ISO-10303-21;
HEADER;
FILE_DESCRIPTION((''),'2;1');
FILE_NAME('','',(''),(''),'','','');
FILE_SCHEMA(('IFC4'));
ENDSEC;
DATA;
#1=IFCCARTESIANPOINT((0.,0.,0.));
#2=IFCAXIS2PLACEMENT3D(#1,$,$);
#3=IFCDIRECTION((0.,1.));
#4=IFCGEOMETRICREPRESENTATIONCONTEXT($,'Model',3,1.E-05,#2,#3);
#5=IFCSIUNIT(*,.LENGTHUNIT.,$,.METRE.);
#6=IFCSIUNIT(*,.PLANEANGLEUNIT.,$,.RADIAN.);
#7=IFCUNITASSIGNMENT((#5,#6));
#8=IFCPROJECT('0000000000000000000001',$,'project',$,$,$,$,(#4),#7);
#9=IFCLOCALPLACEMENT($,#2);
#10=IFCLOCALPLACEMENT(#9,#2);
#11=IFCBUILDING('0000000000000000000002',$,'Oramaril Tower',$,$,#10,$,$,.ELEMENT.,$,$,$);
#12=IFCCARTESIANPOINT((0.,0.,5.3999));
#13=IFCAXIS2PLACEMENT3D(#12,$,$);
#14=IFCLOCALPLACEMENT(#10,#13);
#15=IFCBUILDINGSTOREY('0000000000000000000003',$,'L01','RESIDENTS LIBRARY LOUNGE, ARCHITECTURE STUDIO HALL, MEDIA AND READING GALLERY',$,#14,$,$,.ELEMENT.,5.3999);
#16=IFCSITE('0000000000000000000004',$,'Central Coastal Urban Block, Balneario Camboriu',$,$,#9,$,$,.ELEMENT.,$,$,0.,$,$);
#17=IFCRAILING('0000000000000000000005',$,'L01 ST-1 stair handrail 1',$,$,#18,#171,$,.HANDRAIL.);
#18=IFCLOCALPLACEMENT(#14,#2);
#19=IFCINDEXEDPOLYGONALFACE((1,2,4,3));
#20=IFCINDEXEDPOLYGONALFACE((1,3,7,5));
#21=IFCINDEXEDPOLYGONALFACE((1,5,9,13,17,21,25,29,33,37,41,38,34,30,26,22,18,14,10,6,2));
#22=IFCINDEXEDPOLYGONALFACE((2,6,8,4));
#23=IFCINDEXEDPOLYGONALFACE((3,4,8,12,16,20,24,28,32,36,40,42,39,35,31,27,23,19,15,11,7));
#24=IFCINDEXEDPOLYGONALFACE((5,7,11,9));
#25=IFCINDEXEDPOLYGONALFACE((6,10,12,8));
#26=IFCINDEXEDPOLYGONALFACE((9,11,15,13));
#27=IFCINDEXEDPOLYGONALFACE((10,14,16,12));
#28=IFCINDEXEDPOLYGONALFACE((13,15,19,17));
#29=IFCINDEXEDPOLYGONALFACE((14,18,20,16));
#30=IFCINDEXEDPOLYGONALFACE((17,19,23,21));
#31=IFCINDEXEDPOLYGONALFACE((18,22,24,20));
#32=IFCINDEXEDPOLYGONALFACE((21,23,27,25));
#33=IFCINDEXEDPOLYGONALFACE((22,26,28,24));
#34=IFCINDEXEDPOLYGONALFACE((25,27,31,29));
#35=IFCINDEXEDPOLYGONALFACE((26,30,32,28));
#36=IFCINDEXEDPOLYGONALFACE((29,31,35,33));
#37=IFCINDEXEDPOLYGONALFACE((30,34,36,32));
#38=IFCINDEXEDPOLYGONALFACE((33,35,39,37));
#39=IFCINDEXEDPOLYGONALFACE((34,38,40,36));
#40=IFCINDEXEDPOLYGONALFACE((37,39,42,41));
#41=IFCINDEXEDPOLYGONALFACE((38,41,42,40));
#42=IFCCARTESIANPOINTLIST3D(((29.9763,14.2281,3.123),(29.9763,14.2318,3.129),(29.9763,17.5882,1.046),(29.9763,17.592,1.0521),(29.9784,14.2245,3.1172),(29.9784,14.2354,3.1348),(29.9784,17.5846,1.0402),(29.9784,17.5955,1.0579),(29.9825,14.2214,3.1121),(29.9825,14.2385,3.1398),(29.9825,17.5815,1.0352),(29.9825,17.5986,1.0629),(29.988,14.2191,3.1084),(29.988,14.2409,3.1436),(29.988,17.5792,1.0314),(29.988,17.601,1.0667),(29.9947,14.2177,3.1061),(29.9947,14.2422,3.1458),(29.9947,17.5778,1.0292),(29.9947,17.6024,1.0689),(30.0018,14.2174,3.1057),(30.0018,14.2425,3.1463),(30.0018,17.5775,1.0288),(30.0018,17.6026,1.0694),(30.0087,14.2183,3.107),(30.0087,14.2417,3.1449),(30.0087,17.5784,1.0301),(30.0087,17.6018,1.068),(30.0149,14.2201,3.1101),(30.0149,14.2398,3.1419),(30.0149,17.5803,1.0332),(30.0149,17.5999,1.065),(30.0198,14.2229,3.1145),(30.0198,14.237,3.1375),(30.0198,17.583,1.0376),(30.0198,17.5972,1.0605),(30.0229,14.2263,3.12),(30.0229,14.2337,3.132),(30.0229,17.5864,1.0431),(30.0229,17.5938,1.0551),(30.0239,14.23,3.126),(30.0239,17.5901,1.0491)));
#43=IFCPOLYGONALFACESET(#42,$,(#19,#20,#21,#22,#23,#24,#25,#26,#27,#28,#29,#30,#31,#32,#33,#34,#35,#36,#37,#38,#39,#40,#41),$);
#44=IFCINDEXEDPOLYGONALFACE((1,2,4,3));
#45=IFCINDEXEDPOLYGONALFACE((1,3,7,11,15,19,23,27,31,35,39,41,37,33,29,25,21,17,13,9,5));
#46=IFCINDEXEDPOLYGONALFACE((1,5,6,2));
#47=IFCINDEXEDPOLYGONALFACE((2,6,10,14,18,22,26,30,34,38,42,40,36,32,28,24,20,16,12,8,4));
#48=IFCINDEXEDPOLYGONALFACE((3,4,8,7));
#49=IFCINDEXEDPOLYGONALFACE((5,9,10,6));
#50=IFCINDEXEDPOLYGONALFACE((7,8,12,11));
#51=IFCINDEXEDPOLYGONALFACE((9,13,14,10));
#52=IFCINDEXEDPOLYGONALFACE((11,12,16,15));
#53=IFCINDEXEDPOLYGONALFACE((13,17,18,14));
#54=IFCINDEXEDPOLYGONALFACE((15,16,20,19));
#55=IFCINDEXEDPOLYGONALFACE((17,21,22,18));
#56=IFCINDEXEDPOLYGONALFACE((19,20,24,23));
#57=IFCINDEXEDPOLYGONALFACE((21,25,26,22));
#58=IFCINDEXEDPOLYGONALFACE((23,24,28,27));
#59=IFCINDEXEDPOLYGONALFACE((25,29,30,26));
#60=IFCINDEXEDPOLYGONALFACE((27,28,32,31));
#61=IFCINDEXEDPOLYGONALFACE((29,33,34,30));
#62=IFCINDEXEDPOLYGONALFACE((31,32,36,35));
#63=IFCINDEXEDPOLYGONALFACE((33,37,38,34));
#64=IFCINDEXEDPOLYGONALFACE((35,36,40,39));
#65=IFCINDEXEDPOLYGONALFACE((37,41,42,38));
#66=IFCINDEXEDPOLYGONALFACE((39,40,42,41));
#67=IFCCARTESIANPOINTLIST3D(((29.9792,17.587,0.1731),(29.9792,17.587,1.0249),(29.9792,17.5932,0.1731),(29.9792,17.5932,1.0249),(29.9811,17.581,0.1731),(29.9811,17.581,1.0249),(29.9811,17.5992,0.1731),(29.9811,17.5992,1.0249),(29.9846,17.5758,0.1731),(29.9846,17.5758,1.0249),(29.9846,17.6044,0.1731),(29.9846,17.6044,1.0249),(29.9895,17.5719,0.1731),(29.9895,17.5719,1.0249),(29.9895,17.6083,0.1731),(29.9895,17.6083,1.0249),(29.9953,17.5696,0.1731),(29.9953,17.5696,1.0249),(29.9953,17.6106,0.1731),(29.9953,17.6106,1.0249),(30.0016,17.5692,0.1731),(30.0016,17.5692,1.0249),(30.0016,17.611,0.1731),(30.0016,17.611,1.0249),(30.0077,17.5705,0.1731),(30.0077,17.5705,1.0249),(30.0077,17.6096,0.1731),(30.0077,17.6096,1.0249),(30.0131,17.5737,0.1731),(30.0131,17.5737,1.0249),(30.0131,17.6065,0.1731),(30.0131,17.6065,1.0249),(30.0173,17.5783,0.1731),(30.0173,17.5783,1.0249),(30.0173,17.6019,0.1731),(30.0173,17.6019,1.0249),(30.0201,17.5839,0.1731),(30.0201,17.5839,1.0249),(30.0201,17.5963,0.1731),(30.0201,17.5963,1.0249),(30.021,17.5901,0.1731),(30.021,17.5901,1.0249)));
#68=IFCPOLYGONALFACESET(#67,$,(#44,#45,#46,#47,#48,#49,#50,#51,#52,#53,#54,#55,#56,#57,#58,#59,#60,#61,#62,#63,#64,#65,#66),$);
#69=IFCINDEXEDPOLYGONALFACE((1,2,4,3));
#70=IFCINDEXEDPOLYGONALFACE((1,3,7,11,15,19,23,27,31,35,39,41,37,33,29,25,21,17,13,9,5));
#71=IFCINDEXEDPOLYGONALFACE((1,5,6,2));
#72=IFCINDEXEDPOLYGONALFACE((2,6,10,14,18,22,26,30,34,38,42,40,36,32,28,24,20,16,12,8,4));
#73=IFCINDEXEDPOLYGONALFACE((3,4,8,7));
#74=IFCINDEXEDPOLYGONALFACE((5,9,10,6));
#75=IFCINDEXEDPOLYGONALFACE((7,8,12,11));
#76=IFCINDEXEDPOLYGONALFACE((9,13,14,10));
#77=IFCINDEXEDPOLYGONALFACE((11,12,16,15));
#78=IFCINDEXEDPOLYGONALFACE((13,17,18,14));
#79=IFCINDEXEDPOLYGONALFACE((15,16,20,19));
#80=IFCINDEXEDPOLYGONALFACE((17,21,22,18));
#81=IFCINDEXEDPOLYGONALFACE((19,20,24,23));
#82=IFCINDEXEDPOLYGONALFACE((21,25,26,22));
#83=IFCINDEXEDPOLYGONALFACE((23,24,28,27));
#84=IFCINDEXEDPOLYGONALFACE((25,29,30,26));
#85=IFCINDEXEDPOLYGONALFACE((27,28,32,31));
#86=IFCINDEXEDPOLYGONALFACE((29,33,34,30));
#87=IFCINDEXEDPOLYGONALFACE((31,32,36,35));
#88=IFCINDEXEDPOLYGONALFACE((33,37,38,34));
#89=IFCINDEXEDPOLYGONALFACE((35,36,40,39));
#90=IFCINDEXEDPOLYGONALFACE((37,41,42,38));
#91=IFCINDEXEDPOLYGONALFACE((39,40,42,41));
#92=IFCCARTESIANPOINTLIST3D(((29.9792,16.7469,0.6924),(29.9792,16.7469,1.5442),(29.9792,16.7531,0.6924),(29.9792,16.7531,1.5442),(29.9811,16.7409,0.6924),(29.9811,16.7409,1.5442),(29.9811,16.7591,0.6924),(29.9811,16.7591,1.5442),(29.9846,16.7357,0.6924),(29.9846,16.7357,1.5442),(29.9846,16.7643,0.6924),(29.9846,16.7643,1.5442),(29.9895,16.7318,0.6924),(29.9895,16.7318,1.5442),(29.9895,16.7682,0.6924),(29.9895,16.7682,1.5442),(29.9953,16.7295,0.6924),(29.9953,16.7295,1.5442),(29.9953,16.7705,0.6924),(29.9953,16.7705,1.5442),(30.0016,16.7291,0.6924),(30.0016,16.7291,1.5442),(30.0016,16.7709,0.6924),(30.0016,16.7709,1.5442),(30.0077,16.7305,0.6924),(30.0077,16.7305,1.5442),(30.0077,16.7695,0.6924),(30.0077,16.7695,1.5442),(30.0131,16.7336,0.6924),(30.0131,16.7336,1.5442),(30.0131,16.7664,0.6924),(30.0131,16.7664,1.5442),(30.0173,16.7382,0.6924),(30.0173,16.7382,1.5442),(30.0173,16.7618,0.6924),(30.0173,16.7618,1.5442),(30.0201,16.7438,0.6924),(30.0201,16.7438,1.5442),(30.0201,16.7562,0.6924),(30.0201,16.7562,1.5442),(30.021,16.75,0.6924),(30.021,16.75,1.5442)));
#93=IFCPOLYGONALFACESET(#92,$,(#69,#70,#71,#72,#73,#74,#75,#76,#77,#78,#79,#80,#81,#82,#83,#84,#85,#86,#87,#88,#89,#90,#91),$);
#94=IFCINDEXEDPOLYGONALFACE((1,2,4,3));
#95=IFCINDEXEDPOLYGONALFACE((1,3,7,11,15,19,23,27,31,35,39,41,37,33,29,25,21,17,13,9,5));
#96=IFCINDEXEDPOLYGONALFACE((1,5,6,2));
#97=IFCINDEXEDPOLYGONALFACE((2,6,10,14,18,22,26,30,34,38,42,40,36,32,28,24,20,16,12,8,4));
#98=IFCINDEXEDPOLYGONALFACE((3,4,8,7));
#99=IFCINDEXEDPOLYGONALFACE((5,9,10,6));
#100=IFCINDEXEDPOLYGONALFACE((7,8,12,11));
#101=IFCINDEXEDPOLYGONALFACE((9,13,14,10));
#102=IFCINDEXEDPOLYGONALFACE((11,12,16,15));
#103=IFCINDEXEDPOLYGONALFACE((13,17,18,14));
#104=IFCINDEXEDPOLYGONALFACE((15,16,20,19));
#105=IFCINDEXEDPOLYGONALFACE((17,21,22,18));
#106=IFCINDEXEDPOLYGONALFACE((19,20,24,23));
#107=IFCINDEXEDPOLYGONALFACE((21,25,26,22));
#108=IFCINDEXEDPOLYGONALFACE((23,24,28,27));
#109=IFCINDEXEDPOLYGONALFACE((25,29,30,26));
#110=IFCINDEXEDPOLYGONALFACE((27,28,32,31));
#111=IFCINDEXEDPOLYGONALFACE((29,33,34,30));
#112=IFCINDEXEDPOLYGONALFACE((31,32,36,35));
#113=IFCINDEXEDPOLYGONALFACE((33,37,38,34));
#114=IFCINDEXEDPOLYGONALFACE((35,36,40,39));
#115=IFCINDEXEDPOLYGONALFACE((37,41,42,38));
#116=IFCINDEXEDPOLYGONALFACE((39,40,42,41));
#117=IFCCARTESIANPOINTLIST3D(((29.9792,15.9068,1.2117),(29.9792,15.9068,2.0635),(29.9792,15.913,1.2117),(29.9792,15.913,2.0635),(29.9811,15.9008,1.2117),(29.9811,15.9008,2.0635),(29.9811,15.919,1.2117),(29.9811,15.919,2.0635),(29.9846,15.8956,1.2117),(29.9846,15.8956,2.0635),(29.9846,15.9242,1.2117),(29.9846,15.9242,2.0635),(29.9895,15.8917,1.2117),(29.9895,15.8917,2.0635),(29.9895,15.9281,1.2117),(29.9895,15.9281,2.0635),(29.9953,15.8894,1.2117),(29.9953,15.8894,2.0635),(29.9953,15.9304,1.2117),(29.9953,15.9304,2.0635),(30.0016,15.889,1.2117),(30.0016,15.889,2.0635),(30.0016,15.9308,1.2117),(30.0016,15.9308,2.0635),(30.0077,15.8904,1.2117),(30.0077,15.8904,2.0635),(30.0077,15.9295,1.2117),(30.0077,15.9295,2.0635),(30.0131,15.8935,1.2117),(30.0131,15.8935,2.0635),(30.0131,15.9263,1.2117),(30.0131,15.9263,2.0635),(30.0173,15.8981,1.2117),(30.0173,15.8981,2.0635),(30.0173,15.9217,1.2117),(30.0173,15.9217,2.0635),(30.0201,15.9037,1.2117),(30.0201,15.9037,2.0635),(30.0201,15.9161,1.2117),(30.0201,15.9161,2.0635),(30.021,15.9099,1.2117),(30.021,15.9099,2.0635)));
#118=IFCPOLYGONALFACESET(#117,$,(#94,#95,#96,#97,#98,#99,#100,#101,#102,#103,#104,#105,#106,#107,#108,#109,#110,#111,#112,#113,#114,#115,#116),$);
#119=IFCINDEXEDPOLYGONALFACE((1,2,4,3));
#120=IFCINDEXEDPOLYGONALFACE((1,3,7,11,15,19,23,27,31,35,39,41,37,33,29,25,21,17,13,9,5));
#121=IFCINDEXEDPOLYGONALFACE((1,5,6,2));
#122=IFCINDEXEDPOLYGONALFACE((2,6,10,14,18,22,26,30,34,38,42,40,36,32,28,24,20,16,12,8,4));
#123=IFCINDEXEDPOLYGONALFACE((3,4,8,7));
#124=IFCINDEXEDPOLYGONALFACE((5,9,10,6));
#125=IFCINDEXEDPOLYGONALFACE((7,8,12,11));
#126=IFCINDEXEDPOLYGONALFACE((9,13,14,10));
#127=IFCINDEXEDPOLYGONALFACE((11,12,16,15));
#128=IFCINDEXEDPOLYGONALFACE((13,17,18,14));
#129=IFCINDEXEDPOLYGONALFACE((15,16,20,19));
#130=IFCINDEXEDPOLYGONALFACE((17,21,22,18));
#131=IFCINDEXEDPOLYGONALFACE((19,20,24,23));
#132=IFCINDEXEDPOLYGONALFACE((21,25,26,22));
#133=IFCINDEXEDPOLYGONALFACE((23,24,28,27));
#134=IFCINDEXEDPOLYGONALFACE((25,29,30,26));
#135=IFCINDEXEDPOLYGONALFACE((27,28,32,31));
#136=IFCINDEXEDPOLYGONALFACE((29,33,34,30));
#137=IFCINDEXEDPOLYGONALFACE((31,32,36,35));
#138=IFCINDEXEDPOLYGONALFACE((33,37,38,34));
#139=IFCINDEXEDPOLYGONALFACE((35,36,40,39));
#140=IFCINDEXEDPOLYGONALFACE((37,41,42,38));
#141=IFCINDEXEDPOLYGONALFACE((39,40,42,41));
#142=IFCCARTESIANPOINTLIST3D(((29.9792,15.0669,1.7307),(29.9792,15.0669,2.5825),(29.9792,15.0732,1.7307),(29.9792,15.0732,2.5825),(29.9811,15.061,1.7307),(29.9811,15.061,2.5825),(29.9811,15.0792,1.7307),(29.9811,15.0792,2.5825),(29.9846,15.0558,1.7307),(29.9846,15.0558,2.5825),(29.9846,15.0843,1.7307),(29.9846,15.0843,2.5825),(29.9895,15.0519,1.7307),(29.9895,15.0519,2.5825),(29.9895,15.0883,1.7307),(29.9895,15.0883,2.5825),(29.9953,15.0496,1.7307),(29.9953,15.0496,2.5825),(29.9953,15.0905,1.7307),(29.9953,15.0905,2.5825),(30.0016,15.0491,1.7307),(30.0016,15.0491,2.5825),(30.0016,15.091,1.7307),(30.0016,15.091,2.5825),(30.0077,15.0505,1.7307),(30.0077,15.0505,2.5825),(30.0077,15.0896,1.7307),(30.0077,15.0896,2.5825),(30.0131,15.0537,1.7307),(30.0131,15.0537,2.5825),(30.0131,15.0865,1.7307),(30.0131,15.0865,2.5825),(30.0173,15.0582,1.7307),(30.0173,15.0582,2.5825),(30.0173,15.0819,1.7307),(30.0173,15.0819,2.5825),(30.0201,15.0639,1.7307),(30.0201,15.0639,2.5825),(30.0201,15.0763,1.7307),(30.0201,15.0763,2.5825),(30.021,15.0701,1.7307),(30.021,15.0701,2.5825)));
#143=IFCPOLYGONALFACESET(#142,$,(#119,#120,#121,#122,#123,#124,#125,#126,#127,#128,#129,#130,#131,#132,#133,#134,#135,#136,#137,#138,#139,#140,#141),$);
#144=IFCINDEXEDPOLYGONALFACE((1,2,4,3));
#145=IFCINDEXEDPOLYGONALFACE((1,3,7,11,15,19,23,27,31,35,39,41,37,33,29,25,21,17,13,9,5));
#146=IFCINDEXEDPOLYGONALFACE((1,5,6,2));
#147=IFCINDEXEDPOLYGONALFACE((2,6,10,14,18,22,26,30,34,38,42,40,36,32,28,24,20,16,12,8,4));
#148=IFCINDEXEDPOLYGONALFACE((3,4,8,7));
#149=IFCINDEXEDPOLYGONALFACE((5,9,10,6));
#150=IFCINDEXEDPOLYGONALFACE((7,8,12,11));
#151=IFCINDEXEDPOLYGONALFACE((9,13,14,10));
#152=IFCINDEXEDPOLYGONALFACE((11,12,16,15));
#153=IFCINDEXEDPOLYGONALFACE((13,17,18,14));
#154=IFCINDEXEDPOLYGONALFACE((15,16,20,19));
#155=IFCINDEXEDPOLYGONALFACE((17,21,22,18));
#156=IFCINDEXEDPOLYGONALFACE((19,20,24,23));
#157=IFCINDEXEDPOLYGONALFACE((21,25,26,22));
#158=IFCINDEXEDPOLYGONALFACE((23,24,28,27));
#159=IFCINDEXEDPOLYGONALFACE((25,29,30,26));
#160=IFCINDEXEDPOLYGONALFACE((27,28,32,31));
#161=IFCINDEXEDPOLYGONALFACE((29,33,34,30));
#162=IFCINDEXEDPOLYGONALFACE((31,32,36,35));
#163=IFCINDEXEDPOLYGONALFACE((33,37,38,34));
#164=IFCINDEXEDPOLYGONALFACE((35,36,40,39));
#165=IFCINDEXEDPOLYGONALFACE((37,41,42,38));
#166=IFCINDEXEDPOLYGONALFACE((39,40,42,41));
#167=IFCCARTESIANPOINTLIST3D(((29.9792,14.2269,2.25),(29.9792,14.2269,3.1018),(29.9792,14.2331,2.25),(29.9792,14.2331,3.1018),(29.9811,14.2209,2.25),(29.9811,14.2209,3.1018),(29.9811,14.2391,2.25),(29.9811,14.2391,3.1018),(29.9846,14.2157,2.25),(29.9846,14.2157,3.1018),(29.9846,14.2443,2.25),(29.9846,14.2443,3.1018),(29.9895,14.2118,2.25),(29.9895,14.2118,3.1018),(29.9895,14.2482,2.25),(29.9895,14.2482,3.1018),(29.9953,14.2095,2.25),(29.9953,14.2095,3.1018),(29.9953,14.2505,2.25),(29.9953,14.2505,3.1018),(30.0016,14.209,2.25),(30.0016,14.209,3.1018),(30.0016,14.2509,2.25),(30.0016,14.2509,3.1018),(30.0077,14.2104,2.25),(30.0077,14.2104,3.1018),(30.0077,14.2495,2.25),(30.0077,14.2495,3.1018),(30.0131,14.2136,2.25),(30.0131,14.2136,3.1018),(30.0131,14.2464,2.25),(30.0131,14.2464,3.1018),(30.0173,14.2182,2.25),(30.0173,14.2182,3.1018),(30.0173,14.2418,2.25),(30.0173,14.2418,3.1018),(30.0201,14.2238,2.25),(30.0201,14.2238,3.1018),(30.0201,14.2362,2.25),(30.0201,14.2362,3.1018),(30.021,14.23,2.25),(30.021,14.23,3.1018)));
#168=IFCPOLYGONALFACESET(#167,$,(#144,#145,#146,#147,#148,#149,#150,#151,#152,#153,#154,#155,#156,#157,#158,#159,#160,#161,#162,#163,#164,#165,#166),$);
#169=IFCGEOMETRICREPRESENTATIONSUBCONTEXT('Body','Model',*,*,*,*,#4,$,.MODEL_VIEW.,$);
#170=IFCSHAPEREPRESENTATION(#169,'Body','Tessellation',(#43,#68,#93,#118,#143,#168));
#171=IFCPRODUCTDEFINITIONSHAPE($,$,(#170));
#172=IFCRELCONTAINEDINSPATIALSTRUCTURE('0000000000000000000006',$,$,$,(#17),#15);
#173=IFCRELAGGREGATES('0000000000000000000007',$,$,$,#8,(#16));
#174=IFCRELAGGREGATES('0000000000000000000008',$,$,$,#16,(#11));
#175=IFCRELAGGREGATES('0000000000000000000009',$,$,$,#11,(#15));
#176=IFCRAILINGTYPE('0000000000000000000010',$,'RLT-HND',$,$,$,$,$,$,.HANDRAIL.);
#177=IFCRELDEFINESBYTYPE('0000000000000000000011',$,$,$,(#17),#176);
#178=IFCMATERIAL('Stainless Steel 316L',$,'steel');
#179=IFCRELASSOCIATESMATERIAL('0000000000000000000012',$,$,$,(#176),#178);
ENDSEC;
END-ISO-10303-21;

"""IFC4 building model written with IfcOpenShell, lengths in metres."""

from ifc_helpers import new_model, si_unit, direction, frame, origin, origin_2d, place, context, subcontext, project, spatial, circle, extrude, material, type_object, element, save


model = new_model("IFC4")

# Units and contexts
model_context = context("Model", 3, precision=1e-05, world=origin(), true_north=direction((0.0, 1.0)))
body_context = subcontext(model_context, "Body", "Model", "MODEL_VIEW")
ifc_project = project(units=[si_unit("LENGTHUNIT", "METRE"), si_unit("PLANEANGLEUNIT", "RADIAN")], contexts=[model_context])

# Site, building, storey
site_placement = place(None, origin())
site = spatial("IfcSite", under=ifc_project, at=site_placement, Name="Central Coastal Urban Block, Balneario Camboriu", CompositionType="ELEMENT", RefElevation=0.0)
building_placement = place(site_placement, origin())
building = spatial("IfcBuilding", under=site, at=building_placement, Name="Oramaril Tower", CompositionType="ELEMENT")
storey_placement = place(building_placement, frame((0.0, 0.0, 5.3999)))
storey = spatial("IfcBuildingStorey", under=building, at=storey_placement, Name="L01", Description="RESIDENTS LIBRARY LOUNGE, ARCHITECTURE STUDIO HALL, MEDIA AND READING GALLERY", CompositionType="ELEMENT", Elevation=5.3999)

# Railing
ifc_material_1 = material(Name="Stainless Steel 316L", Category="steel")
railing_type_1 = type_object("IfcRailingType", Name="RLT-HND", PredefinedType="HANDRAIL", material=ifc_material_1)
railing_1_placement = place(storey_placement, frame((30.0, 17.5901, 0.1731)))
element("IfcRailing", 1, at=railing_1_placement, inside=storey, type_object=railing_type_1, Name="L01 ST-1 stair handrail 1", PredefinedType="HANDRAIL", context=body_context, shape_type="SweptSolid", body=[
    extrude(circle(Radius=0.0239, at=origin_2d()), frame((0.0, 0.0, 0.876), z_axis=(0.0, -0.850623, 0.525776), x_axis=(1.0, 0.0, 0.0)), (0.0, 0.0, 1.0), 3.9502),
    extrude(circle(Radius=0.021, at=origin_2d()), origin(), (0.0, 0.0, 1.0), 0.8518),
    extrude(circle(Radius=0.021, at=origin_2d()), frame((0.0, -0.8401, 0.5193)), (0.0, 0.0, 1.0), 0.8518),
    extrude(circle(Radius=0.021, at=origin_2d()), frame((0.0, -1.6802, 1.0386)), (0.0, 0.0, 1.0), 0.8518),
    extrude(circle(Radius=0.021, at=origin_2d()), frame((0.0, -2.52, 1.5576)), (0.0, 0.0, 1.0), 0.8518),
    extrude(circle(Radius=0.021, at=origin_2d()), frame((0.0, -3.3601, 2.0769)), (0.0, 0.0, 1.0), 0.8518),
])

save(model, "model.ifc")
